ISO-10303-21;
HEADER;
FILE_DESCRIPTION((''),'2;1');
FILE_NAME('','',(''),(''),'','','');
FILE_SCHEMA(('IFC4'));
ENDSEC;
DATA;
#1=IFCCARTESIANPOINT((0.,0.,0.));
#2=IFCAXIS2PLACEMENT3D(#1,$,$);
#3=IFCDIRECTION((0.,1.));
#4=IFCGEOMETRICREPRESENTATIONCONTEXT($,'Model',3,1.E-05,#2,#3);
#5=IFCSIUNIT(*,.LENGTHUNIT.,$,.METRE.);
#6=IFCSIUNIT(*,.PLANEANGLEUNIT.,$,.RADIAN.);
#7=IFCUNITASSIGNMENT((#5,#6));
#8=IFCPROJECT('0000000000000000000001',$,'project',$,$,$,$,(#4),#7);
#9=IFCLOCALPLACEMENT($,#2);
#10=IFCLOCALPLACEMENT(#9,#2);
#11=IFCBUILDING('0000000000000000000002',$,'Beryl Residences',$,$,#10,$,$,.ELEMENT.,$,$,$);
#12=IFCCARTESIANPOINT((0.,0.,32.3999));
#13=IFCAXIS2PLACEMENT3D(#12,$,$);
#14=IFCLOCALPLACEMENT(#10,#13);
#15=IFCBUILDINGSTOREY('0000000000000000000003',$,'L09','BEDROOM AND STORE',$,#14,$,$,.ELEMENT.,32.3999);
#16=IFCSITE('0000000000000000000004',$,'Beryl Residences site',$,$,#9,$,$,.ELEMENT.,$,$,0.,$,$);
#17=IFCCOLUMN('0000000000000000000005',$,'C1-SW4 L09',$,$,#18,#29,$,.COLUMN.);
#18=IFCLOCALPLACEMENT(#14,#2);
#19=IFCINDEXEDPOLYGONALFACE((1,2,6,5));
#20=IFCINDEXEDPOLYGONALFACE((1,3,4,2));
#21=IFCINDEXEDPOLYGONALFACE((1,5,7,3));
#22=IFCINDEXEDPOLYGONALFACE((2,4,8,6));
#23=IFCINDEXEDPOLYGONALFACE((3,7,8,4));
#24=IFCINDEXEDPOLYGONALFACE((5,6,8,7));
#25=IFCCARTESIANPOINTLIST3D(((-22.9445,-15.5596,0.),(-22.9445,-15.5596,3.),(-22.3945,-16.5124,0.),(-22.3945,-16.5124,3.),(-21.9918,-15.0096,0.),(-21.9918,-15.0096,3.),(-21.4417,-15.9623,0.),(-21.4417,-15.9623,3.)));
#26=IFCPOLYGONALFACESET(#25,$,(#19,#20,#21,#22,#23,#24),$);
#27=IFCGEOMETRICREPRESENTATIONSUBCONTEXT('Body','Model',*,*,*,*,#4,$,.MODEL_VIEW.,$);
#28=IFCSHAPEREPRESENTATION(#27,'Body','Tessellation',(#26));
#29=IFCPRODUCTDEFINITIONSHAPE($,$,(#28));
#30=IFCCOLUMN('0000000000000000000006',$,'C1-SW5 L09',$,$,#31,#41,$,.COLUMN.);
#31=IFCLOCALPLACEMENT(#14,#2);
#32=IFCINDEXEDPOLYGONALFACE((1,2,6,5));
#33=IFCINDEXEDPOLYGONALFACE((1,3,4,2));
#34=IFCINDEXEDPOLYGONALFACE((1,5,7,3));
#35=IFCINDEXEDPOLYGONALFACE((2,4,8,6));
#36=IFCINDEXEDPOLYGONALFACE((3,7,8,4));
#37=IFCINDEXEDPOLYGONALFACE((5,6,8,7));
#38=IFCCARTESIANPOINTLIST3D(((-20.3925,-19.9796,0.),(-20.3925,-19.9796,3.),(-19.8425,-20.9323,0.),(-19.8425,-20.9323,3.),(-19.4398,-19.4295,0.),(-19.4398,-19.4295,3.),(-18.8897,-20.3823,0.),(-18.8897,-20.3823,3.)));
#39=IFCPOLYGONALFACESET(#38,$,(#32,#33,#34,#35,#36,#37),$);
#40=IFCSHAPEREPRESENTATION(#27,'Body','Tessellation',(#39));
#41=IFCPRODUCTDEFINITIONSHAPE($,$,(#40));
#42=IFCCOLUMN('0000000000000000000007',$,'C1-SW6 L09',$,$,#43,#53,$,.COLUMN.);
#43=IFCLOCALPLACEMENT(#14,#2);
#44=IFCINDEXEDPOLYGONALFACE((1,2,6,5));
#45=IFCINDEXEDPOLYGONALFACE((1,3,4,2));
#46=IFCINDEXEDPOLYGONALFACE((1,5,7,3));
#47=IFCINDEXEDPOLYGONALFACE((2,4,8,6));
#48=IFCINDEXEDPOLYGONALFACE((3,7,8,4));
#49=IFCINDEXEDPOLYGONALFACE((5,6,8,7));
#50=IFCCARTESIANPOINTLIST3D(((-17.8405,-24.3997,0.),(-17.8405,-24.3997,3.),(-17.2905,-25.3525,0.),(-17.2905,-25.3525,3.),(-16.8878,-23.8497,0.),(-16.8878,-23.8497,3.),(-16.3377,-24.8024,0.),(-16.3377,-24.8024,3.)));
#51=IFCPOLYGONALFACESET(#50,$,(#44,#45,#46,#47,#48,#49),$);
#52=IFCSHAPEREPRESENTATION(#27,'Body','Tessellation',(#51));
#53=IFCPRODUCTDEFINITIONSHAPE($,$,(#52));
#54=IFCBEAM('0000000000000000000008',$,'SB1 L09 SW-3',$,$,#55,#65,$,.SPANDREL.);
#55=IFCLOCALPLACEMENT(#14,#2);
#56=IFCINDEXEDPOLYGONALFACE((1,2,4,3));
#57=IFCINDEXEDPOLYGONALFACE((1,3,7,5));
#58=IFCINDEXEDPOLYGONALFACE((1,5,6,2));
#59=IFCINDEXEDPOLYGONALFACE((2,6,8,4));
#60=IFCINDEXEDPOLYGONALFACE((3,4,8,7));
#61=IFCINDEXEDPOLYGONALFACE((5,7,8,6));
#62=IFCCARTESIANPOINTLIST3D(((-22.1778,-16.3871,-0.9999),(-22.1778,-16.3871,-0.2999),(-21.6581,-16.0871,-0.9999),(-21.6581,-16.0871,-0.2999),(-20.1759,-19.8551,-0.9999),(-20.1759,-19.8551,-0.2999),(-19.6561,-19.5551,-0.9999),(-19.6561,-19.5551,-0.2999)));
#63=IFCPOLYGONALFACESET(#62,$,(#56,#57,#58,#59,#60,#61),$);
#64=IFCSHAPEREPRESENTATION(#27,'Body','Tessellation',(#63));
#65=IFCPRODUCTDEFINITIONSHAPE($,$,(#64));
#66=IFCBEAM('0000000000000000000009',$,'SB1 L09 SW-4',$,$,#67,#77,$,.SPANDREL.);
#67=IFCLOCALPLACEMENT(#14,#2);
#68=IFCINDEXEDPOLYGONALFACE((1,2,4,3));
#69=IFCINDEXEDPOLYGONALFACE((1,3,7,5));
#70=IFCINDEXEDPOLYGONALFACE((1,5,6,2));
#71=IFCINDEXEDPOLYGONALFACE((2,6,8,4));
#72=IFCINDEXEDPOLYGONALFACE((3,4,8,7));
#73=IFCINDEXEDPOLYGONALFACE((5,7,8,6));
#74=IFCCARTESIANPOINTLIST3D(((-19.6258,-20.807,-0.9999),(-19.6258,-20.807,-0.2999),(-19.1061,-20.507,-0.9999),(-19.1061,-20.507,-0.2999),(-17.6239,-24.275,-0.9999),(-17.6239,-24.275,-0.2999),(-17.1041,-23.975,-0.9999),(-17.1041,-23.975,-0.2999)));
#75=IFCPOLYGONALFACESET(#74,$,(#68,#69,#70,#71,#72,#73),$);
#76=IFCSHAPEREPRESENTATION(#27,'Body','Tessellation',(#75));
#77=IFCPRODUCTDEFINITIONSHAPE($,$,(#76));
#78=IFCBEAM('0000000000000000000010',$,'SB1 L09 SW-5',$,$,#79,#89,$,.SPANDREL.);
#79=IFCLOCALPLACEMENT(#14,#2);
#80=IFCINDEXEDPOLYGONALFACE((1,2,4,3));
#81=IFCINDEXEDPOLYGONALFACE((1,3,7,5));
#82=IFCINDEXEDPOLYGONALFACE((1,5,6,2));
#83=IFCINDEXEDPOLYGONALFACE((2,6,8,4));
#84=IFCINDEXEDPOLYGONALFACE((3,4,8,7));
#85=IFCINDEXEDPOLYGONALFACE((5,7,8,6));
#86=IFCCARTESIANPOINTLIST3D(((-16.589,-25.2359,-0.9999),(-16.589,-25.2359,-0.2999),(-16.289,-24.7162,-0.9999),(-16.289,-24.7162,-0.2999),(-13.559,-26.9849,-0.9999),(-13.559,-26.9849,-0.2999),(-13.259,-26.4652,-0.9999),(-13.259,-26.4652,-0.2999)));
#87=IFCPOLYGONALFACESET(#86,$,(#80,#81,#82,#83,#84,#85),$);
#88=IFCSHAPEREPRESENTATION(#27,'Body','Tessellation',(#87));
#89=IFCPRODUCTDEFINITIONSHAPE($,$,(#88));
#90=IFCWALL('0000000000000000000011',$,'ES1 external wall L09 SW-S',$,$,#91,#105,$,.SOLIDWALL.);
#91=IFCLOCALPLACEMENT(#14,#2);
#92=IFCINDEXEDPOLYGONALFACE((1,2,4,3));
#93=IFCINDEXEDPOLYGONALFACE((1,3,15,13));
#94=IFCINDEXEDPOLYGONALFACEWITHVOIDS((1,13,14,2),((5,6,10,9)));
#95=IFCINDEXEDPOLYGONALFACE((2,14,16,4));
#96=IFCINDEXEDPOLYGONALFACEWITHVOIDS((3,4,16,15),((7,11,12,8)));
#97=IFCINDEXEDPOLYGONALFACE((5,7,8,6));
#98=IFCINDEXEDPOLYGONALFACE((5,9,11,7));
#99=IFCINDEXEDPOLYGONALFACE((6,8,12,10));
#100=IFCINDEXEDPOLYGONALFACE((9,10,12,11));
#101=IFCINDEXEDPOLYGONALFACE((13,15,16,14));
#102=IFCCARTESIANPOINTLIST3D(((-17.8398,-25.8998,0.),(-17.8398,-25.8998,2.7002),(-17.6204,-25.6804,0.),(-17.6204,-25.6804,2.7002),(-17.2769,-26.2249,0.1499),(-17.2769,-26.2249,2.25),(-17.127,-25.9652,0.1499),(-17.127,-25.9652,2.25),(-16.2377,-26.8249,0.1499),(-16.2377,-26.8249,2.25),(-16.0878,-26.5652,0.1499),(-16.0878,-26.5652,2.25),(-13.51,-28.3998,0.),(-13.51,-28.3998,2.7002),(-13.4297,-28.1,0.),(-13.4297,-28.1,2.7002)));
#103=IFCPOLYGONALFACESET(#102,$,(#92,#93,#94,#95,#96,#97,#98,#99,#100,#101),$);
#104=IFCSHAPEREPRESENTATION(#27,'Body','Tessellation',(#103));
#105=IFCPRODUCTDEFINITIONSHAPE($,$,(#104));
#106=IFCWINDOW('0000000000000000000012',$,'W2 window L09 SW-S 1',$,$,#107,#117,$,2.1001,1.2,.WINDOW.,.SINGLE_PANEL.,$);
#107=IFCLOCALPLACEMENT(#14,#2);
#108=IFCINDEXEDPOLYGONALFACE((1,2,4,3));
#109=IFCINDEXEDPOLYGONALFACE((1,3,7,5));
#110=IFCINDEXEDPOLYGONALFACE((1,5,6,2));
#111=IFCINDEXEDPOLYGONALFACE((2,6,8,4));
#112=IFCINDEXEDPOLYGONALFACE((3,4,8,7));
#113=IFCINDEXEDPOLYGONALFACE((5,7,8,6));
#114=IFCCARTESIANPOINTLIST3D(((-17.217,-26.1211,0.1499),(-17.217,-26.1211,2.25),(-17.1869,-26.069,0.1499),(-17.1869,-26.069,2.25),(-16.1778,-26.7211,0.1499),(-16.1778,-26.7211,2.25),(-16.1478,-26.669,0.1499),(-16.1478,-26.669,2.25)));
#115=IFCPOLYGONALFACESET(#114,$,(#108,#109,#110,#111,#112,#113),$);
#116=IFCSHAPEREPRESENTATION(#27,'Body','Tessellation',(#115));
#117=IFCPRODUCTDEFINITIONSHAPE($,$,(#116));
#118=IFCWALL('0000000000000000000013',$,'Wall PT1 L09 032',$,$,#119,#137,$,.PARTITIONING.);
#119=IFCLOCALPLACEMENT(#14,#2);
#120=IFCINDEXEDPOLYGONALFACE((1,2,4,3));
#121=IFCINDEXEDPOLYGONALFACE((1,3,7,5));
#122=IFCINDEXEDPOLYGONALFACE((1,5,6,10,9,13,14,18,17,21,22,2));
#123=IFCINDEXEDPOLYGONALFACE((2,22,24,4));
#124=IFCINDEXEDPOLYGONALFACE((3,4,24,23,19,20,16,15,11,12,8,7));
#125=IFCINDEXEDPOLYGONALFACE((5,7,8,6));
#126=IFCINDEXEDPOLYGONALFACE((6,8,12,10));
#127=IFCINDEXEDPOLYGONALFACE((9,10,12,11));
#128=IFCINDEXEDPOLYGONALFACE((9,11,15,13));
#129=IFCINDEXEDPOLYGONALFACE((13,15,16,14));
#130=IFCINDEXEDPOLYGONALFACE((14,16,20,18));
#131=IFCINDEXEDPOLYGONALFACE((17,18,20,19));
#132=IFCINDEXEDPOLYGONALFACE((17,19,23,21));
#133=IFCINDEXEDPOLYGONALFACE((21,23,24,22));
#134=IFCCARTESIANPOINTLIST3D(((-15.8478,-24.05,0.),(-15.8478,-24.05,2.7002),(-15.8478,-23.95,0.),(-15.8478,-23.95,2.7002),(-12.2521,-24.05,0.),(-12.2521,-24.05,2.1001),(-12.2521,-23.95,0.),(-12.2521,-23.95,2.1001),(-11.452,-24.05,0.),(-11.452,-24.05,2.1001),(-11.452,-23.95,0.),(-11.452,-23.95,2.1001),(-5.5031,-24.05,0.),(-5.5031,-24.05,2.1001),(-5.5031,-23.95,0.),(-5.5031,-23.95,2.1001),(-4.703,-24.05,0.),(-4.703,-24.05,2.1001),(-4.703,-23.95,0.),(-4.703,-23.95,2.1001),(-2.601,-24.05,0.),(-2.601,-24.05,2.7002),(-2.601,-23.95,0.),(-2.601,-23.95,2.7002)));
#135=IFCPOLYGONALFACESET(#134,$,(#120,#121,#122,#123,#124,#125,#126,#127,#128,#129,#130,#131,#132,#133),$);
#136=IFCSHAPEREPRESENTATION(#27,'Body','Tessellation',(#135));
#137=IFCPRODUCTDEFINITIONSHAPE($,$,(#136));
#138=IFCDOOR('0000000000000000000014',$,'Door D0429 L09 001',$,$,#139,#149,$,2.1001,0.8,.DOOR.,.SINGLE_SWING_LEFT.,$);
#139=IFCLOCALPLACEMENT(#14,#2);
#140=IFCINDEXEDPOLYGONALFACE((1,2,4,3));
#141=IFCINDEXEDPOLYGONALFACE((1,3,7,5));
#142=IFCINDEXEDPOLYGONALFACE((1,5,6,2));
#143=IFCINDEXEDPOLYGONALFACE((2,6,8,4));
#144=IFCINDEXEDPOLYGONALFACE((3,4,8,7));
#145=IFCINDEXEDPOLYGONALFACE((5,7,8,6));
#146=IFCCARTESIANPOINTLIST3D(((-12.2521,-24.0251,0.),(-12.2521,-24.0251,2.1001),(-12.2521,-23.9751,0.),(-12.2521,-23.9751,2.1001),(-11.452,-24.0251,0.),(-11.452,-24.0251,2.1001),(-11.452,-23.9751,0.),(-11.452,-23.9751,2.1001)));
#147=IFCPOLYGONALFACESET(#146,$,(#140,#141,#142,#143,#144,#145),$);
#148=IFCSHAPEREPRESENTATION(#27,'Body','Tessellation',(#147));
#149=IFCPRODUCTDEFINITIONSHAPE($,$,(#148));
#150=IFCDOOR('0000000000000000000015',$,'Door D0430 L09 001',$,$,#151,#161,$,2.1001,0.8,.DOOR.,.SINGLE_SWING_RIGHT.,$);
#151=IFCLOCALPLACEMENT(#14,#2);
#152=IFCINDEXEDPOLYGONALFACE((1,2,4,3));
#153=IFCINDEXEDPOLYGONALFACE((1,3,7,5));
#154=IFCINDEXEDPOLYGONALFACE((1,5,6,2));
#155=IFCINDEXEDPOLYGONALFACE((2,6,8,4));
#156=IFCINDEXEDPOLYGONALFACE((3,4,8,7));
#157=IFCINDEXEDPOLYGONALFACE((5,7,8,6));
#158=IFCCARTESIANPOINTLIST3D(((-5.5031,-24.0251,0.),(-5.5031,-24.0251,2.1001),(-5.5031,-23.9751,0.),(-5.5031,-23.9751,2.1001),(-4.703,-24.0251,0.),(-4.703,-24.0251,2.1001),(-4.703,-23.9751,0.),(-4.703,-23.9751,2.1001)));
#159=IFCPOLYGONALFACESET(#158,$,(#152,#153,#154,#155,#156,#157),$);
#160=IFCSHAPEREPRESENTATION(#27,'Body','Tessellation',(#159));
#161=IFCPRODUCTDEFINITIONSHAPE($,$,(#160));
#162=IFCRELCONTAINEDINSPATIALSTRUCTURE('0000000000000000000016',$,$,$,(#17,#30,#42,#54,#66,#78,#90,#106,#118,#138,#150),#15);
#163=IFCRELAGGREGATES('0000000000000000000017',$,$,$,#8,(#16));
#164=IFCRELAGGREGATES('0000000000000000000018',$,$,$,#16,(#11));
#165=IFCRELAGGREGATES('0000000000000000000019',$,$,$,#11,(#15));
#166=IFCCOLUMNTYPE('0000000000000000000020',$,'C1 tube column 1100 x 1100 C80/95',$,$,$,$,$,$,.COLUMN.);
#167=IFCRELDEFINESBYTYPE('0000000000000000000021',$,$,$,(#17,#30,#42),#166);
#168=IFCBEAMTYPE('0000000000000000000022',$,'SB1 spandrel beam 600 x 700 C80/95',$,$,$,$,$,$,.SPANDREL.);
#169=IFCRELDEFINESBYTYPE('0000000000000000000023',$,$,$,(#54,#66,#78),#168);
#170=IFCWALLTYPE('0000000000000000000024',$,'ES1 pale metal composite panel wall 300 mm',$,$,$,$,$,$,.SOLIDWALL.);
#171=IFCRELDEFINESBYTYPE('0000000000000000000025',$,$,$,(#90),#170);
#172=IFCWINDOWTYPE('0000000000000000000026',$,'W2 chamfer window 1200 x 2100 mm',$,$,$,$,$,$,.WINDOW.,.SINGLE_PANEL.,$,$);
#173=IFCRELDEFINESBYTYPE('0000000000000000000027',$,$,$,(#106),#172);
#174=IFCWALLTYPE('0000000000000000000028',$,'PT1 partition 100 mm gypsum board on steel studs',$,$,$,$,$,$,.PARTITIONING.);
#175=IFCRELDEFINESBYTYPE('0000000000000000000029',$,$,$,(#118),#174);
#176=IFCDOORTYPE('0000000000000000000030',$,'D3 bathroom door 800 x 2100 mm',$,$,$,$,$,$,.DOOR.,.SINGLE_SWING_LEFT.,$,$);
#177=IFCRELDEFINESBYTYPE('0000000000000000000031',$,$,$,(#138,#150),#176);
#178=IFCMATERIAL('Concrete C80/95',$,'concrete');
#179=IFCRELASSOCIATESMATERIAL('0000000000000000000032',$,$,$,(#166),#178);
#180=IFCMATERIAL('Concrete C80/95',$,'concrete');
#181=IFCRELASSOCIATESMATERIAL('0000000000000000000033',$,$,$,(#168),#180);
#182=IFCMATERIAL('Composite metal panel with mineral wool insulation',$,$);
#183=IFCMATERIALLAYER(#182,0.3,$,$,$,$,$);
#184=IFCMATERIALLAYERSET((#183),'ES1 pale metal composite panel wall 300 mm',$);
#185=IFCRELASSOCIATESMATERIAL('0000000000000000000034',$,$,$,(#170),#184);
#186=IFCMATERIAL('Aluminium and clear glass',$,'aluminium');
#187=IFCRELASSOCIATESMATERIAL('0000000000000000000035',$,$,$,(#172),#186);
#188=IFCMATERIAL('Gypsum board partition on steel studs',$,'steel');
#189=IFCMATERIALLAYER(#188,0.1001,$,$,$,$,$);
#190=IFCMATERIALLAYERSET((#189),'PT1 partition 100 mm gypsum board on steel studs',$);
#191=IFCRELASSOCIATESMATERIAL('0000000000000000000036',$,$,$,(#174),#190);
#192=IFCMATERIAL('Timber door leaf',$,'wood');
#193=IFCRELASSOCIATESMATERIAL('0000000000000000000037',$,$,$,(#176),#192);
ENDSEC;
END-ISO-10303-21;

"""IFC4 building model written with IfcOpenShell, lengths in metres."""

from ifc_helpers import new_model, si_unit, direction, frame, frame_2d, origin, origin_2d, place, context, subcontext, project, spatial, polyline, rectangle, outline, extrude, material, layer, layer_set, material_profile, profile_set, type_object, element, fill, save


model = new_model("IFC4")

# Units and contexts
model_context = context("Model", 3, precision=1e-05, world=origin(), true_north=direction((0.0, 1.0)))
body_context = subcontext(model_context, "Body", "Model", "MODEL_VIEW")
ifc_project = project(units=[si_unit("LENGTHUNIT", "METRE"), si_unit("PLANEANGLEUNIT", "RADIAN")], contexts=[model_context])

# Site, building, storey
site_placement = place(None, origin())
site = spatial("IfcSite", under=ifc_project, at=site_placement, Name="Beryl Residences site", CompositionType="ELEMENT", RefElevation=0.0)
building_placement = place(site_placement, origin())
building = spatial("IfcBuilding", under=site, at=building_placement, Name="Beryl Residences", CompositionType="ELEMENT")
storey_placement = place(building_placement, frame((0.0, 0.0, 32.3999)))
storey = spatial("IfcBuildingStorey", under=building, at=storey_placement, Name="L09", Description="BEDROOM AND STORE", CompositionType="ELEMENT", Elevation=32.3999)

# Columns
ifc_material_1 = material(Name="Concrete C80/95", Category="concrete")
ifc_material_profile_1 = material_profile(ifc_material_1, rectangle(XDim=1.1001, YDim=1.1001, at=origin_2d()))
ifc_profile_set_1 = profile_set([ifc_material_profile_1], Name="Concrete C80/95")
column_type = type_object("IfcColumnType", Name="C1 tube column 1100 x 1100 C80/95", PredefinedType="COLUMN", material=ifc_profile_set_1)
for number, where, z_axis, x_axis, name in (
    (1, (-22.1931, -15.761, 0.0), (0.0, 0.0, 1.0), (0.499985, -0.866034, 0.0), "C1-SW4 L09"),
    (2, (-19.6411, -20.1809, 0.0), (0.0, 0.0, 1.0), (0.499985, -0.866034, 0.0), "C1-SW5 L09"),
    (3, (-17.0891, -24.6011, 0.0), (0.0, 0.0, 1.0), (0.499985, -0.866034, 0.0), "C1-SW6 L09"),
):
    element("IfcColumn", number, at=place(storey_placement, frame(where, z_axis=z_axis, x_axis=x_axis)), inside=storey, type_object=column_type, Name=name, PredefinedType="COLUMN", context=body_context, shape_type="SweptSolid", body=[
        extrude(rectangle(XDim=1.1001, YDim=1.1001, at=origin_2d()), origin(), (0.0, 0.0, 1.0), 3.0),
    ])

# Beams
ifc_material_2 = material(Name="Concrete C80/95", Category="concrete")
ifc_material_profile_2 = material_profile(ifc_material_2, rectangle(XDim=0.6001, YDim=0.7, at=origin_2d()))
ifc_profile_set_2 = profile_set([ifc_material_profile_2], Name="Concrete C80/95")
beam_type = type_object("IfcBeamType", Name="SB1 spandrel beam 600 x 700 C80/95", PredefinedType="SPANDREL", material=ifc_profile_set_2)
for number, where, z_axis, x_axis, name in (
    (4, (-21.918, -16.2371, -0.6499), (0.499942, -0.866059, 0.0), (0.866059, 0.499942, 0.0), "SB1 L09 SW-3"),
    (5, (-19.366, -20.657, -0.6499), (0.499942, -0.866059, 0.0), (0.866059, 0.499942, 0.0), "SB1 L09 SW-4"),
):
    element("IfcBeam", number, at=place(storey_placement, frame(where, z_axis=z_axis, x_axis=x_axis)), inside=storey, type_object=beam_type, Name=name, PredefinedType="SPANDREL", context=body_context, shape_type="SweptSolid", body=[
        extrude(rectangle(XDim=0.6001, YDim=0.7, at=origin_2d()), origin(), (0.0, 0.0, 1.0), 4.0044),
    ])
beam_placement = place(storey_placement, frame((-16.439, -24.9761, -0.6499), z_axis=(0.866071, -0.499922, 0.0), x_axis=(0.499922, 0.866071, 0.0)))
element("IfcBeam", 6, at=beam_placement, inside=storey, type_object=beam_type, Name="SB1 L09 SW-5", PredefinedType="SPANDREL", context=body_context, shape_type="SweptSolid", body=[
    extrude(rectangle(XDim=0.6001, YDim=0.7, at=origin_2d()), origin(), (0.0, 0.0, 1.0), 3.4985),
])

# Wall, opening, window
ifc_material_3 = material(Name="Composite metal panel with mineral wool insulation")
ifc_layer_1 = layer(ifc_material_3, 0.3)
ifc_layer_set_1 = layer_set([ifc_layer_1], Name="ES1 pale metal composite panel wall 300 mm")
wall_type_1 = type_object("IfcWallType", Name="ES1 pale metal composite panel wall 300 mm", PredefinedType="SOLIDWALL", material=ifc_layer_set_1)
wall_1_placement = place(storey_placement, frame((-17.7649, -25.77, 0.0), z_axis=(0.0, 0.0, 1.0), x_axis=(0.866011, -0.500025, 0.0)))
wall_1 = element("IfcWall", 7, at=wall_1_placement, inside=storey, type_object=wall_type_1, Name="ES1 external wall L09 SW-S", PredefinedType="SOLIDWALL", context=body_context, shape_type="SweptSolid", body=[
    extrude(outline(polyline([(0.0, -0.1499), (4.9998, -0.1499), (4.9194, 0.1499), (0.0803, 0.1499), (0.0, -0.1499)])), origin(), (0.0, 0.0, 1.0), 2.7002),
])
opening_1_placement = place(wall_1_placement, frame((0.6499, 0.0, 0.1499)))
opening_1 = element("IfcOpeningElement", 8, at=opening_1_placement, cuts=wall_1, PredefinedType="OPENING", context=body_context, shape_type="SweptSolid", body=[
    extrude(rectangle(XDim=1.2, YDim=2.1001, at=frame_2d((0.6001, 1.05))), frame((0.0, 0.1599, 0.0), z_axis=(0.0, -1.0, 0.0), x_axis=(1.0, 0.0, 0.0)), (0.0, 0.0, 1.0), 0.3201),
])
ifc_material_4 = material(Name="Aluminium and clear glass", Category="aluminium")
window_type = type_object("IfcWindowType", Name="W2 chamfer window 1200 x 2100 mm", PartitioningType="SINGLE_PANEL", PredefinedType="WINDOW", material=ifc_material_4)
window_placement = place(opening_1_placement, origin())
window = element("IfcWindow", 9, at=window_placement, inside=storey, type_object=window_type, Name="W2 window L09 SW-S 1", OverallHeight=2.1001, OverallWidth=1.2, PartitioningType="SINGLE_PANEL", PredefinedType="WINDOW", context=body_context, shape_type="SweptSolid", body=[
    extrude(rectangle(XDim=1.2, YDim=2.1001, at=frame_2d((0.6001, 1.05))), frame((0.0, 0.03, 0.0), z_axis=(0.0, -1.0, 0.0), x_axis=(1.0, 0.0, 0.0)), (0.0, 0.0, 1.0), 0.0601),
])
fill(opening_1, window)

# Wall, openings, doors
ifc_material_5 = material(Name="Gypsum board partition on steel studs", Category="steel")
ifc_layer_2 = layer(ifc_material_5, 0.1001)
ifc_layer_set_2 = layer_set([ifc_layer_2], Name="PT1 partition 100 mm gypsum board on steel studs")
wall_type_2 = type_object("IfcWallType", Name="PT1 partition 100 mm gypsum board on steel studs", PredefinedType="PARTITIONING", material=ifc_layer_set_2)
wall_2_placement = place(storey_placement, frame((-15.8479, -24.0, 0.0), z_axis=(0.0, 0.0, 1.0), x_axis=(1.0, 0.0, 0.0)))
wall_2 = element("IfcWall", 10, at=wall_2_placement, inside=storey, type_object=wall_type_2, Name="Wall PT1 L09 032", PredefinedType="PARTITIONING", context=body_context, shape_type="SweptSolid", body=[
    extrude(rectangle(XDim=13.2468, YDim=0.1001, at=frame_2d((6.6235, 0.0))), origin(), (0.0, 0.0, 1.0), 2.7002),
])
opening_2_placement = place(wall_2_placement, frame((3.5959, 0.0, 0.0)))
opening_2 = element("IfcOpeningElement", 11, at=opening_2_placement, cuts=wall_2, PredefinedType="OPENING", context=body_context, shape_type="SweptSolid", body=[
    extrude(rectangle(XDim=0.8, YDim=2.1001, at=frame_2d((0.3999, 1.05))), frame((0.0, 0.0601, 0.0), z_axis=(0.0, -1.0, 0.0), x_axis=(1.0, 0.0, 0.0)), (0.0, 0.0, 1.0), 0.1201),
])
opening_3_placement = place(wall_2_placement, frame((10.345, 0.0, 0.0)))
opening_3 = element("IfcOpeningElement", 12, at=opening_3_placement, cuts=wall_2, PredefinedType="OPENING", context=body_context, shape_type="SweptSolid", body=[
    extrude(rectangle(XDim=0.8, YDim=2.1001, at=frame_2d((0.3999, 1.05))), frame((0.0, 0.0601, 0.0), z_axis=(0.0, -1.0, 0.0), x_axis=(1.0, 0.0, 0.0)), (0.0, 0.0, 1.0), 0.1201),
])
ifc_material_6 = material(Name="Timber door leaf", Category="wood")
door_type_1 = type_object("IfcDoorType", Name="D3 bathroom door 800 x 2100 mm", OperationType="SINGLE_SWING_LEFT", PredefinedType="DOOR", material=ifc_material_6)
door_1_placement = place(opening_2_placement, origin())
door_1 = element("IfcDoor", 13, at=door_1_placement, inside=storey, type_object=door_type_1, Name="Door D0429 L09 001", OperationType="SINGLE_SWING_LEFT", OverallHeight=2.1001, OverallWidth=0.8, PredefinedType="DOOR", context=body_context, shape_type="SweptSolid", body=[
    extrude(rectangle(XDim=0.8, YDim=2.1001, at=frame_2d((0.3999, 1.05))), frame((0.0, 0.0249, 0.0), z_axis=(0.0, -1.0, 0.0), x_axis=(1.0, 0.0, 0.0)), (0.0, 0.0, 1.0), 0.05),
])
fill(opening_2, door_1)
door_2_placement = place(opening_3_placement, origin())
door_2 = element("IfcDoor", 14, at=door_2_placement, inside=storey, type_object=door_type_1, Name="Door D0430 L09 001", OperationType="SINGLE_SWING_RIGHT", OverallHeight=2.1001, OverallWidth=0.8, PredefinedType="DOOR", context=body_context, shape_type="SweptSolid", body=[
    extrude(rectangle(XDim=0.8, YDim=2.1001, at=frame_2d((0.3999, 1.05))), frame((0.0, 0.0249, 0.0), z_axis=(0.0, -1.0, 0.0), x_axis=(1.0, 0.0, 0.0)), (0.0, 0.0, 1.0), 0.05),
])
fill(opening_3, door_2)

save(model, "model.ifc")
